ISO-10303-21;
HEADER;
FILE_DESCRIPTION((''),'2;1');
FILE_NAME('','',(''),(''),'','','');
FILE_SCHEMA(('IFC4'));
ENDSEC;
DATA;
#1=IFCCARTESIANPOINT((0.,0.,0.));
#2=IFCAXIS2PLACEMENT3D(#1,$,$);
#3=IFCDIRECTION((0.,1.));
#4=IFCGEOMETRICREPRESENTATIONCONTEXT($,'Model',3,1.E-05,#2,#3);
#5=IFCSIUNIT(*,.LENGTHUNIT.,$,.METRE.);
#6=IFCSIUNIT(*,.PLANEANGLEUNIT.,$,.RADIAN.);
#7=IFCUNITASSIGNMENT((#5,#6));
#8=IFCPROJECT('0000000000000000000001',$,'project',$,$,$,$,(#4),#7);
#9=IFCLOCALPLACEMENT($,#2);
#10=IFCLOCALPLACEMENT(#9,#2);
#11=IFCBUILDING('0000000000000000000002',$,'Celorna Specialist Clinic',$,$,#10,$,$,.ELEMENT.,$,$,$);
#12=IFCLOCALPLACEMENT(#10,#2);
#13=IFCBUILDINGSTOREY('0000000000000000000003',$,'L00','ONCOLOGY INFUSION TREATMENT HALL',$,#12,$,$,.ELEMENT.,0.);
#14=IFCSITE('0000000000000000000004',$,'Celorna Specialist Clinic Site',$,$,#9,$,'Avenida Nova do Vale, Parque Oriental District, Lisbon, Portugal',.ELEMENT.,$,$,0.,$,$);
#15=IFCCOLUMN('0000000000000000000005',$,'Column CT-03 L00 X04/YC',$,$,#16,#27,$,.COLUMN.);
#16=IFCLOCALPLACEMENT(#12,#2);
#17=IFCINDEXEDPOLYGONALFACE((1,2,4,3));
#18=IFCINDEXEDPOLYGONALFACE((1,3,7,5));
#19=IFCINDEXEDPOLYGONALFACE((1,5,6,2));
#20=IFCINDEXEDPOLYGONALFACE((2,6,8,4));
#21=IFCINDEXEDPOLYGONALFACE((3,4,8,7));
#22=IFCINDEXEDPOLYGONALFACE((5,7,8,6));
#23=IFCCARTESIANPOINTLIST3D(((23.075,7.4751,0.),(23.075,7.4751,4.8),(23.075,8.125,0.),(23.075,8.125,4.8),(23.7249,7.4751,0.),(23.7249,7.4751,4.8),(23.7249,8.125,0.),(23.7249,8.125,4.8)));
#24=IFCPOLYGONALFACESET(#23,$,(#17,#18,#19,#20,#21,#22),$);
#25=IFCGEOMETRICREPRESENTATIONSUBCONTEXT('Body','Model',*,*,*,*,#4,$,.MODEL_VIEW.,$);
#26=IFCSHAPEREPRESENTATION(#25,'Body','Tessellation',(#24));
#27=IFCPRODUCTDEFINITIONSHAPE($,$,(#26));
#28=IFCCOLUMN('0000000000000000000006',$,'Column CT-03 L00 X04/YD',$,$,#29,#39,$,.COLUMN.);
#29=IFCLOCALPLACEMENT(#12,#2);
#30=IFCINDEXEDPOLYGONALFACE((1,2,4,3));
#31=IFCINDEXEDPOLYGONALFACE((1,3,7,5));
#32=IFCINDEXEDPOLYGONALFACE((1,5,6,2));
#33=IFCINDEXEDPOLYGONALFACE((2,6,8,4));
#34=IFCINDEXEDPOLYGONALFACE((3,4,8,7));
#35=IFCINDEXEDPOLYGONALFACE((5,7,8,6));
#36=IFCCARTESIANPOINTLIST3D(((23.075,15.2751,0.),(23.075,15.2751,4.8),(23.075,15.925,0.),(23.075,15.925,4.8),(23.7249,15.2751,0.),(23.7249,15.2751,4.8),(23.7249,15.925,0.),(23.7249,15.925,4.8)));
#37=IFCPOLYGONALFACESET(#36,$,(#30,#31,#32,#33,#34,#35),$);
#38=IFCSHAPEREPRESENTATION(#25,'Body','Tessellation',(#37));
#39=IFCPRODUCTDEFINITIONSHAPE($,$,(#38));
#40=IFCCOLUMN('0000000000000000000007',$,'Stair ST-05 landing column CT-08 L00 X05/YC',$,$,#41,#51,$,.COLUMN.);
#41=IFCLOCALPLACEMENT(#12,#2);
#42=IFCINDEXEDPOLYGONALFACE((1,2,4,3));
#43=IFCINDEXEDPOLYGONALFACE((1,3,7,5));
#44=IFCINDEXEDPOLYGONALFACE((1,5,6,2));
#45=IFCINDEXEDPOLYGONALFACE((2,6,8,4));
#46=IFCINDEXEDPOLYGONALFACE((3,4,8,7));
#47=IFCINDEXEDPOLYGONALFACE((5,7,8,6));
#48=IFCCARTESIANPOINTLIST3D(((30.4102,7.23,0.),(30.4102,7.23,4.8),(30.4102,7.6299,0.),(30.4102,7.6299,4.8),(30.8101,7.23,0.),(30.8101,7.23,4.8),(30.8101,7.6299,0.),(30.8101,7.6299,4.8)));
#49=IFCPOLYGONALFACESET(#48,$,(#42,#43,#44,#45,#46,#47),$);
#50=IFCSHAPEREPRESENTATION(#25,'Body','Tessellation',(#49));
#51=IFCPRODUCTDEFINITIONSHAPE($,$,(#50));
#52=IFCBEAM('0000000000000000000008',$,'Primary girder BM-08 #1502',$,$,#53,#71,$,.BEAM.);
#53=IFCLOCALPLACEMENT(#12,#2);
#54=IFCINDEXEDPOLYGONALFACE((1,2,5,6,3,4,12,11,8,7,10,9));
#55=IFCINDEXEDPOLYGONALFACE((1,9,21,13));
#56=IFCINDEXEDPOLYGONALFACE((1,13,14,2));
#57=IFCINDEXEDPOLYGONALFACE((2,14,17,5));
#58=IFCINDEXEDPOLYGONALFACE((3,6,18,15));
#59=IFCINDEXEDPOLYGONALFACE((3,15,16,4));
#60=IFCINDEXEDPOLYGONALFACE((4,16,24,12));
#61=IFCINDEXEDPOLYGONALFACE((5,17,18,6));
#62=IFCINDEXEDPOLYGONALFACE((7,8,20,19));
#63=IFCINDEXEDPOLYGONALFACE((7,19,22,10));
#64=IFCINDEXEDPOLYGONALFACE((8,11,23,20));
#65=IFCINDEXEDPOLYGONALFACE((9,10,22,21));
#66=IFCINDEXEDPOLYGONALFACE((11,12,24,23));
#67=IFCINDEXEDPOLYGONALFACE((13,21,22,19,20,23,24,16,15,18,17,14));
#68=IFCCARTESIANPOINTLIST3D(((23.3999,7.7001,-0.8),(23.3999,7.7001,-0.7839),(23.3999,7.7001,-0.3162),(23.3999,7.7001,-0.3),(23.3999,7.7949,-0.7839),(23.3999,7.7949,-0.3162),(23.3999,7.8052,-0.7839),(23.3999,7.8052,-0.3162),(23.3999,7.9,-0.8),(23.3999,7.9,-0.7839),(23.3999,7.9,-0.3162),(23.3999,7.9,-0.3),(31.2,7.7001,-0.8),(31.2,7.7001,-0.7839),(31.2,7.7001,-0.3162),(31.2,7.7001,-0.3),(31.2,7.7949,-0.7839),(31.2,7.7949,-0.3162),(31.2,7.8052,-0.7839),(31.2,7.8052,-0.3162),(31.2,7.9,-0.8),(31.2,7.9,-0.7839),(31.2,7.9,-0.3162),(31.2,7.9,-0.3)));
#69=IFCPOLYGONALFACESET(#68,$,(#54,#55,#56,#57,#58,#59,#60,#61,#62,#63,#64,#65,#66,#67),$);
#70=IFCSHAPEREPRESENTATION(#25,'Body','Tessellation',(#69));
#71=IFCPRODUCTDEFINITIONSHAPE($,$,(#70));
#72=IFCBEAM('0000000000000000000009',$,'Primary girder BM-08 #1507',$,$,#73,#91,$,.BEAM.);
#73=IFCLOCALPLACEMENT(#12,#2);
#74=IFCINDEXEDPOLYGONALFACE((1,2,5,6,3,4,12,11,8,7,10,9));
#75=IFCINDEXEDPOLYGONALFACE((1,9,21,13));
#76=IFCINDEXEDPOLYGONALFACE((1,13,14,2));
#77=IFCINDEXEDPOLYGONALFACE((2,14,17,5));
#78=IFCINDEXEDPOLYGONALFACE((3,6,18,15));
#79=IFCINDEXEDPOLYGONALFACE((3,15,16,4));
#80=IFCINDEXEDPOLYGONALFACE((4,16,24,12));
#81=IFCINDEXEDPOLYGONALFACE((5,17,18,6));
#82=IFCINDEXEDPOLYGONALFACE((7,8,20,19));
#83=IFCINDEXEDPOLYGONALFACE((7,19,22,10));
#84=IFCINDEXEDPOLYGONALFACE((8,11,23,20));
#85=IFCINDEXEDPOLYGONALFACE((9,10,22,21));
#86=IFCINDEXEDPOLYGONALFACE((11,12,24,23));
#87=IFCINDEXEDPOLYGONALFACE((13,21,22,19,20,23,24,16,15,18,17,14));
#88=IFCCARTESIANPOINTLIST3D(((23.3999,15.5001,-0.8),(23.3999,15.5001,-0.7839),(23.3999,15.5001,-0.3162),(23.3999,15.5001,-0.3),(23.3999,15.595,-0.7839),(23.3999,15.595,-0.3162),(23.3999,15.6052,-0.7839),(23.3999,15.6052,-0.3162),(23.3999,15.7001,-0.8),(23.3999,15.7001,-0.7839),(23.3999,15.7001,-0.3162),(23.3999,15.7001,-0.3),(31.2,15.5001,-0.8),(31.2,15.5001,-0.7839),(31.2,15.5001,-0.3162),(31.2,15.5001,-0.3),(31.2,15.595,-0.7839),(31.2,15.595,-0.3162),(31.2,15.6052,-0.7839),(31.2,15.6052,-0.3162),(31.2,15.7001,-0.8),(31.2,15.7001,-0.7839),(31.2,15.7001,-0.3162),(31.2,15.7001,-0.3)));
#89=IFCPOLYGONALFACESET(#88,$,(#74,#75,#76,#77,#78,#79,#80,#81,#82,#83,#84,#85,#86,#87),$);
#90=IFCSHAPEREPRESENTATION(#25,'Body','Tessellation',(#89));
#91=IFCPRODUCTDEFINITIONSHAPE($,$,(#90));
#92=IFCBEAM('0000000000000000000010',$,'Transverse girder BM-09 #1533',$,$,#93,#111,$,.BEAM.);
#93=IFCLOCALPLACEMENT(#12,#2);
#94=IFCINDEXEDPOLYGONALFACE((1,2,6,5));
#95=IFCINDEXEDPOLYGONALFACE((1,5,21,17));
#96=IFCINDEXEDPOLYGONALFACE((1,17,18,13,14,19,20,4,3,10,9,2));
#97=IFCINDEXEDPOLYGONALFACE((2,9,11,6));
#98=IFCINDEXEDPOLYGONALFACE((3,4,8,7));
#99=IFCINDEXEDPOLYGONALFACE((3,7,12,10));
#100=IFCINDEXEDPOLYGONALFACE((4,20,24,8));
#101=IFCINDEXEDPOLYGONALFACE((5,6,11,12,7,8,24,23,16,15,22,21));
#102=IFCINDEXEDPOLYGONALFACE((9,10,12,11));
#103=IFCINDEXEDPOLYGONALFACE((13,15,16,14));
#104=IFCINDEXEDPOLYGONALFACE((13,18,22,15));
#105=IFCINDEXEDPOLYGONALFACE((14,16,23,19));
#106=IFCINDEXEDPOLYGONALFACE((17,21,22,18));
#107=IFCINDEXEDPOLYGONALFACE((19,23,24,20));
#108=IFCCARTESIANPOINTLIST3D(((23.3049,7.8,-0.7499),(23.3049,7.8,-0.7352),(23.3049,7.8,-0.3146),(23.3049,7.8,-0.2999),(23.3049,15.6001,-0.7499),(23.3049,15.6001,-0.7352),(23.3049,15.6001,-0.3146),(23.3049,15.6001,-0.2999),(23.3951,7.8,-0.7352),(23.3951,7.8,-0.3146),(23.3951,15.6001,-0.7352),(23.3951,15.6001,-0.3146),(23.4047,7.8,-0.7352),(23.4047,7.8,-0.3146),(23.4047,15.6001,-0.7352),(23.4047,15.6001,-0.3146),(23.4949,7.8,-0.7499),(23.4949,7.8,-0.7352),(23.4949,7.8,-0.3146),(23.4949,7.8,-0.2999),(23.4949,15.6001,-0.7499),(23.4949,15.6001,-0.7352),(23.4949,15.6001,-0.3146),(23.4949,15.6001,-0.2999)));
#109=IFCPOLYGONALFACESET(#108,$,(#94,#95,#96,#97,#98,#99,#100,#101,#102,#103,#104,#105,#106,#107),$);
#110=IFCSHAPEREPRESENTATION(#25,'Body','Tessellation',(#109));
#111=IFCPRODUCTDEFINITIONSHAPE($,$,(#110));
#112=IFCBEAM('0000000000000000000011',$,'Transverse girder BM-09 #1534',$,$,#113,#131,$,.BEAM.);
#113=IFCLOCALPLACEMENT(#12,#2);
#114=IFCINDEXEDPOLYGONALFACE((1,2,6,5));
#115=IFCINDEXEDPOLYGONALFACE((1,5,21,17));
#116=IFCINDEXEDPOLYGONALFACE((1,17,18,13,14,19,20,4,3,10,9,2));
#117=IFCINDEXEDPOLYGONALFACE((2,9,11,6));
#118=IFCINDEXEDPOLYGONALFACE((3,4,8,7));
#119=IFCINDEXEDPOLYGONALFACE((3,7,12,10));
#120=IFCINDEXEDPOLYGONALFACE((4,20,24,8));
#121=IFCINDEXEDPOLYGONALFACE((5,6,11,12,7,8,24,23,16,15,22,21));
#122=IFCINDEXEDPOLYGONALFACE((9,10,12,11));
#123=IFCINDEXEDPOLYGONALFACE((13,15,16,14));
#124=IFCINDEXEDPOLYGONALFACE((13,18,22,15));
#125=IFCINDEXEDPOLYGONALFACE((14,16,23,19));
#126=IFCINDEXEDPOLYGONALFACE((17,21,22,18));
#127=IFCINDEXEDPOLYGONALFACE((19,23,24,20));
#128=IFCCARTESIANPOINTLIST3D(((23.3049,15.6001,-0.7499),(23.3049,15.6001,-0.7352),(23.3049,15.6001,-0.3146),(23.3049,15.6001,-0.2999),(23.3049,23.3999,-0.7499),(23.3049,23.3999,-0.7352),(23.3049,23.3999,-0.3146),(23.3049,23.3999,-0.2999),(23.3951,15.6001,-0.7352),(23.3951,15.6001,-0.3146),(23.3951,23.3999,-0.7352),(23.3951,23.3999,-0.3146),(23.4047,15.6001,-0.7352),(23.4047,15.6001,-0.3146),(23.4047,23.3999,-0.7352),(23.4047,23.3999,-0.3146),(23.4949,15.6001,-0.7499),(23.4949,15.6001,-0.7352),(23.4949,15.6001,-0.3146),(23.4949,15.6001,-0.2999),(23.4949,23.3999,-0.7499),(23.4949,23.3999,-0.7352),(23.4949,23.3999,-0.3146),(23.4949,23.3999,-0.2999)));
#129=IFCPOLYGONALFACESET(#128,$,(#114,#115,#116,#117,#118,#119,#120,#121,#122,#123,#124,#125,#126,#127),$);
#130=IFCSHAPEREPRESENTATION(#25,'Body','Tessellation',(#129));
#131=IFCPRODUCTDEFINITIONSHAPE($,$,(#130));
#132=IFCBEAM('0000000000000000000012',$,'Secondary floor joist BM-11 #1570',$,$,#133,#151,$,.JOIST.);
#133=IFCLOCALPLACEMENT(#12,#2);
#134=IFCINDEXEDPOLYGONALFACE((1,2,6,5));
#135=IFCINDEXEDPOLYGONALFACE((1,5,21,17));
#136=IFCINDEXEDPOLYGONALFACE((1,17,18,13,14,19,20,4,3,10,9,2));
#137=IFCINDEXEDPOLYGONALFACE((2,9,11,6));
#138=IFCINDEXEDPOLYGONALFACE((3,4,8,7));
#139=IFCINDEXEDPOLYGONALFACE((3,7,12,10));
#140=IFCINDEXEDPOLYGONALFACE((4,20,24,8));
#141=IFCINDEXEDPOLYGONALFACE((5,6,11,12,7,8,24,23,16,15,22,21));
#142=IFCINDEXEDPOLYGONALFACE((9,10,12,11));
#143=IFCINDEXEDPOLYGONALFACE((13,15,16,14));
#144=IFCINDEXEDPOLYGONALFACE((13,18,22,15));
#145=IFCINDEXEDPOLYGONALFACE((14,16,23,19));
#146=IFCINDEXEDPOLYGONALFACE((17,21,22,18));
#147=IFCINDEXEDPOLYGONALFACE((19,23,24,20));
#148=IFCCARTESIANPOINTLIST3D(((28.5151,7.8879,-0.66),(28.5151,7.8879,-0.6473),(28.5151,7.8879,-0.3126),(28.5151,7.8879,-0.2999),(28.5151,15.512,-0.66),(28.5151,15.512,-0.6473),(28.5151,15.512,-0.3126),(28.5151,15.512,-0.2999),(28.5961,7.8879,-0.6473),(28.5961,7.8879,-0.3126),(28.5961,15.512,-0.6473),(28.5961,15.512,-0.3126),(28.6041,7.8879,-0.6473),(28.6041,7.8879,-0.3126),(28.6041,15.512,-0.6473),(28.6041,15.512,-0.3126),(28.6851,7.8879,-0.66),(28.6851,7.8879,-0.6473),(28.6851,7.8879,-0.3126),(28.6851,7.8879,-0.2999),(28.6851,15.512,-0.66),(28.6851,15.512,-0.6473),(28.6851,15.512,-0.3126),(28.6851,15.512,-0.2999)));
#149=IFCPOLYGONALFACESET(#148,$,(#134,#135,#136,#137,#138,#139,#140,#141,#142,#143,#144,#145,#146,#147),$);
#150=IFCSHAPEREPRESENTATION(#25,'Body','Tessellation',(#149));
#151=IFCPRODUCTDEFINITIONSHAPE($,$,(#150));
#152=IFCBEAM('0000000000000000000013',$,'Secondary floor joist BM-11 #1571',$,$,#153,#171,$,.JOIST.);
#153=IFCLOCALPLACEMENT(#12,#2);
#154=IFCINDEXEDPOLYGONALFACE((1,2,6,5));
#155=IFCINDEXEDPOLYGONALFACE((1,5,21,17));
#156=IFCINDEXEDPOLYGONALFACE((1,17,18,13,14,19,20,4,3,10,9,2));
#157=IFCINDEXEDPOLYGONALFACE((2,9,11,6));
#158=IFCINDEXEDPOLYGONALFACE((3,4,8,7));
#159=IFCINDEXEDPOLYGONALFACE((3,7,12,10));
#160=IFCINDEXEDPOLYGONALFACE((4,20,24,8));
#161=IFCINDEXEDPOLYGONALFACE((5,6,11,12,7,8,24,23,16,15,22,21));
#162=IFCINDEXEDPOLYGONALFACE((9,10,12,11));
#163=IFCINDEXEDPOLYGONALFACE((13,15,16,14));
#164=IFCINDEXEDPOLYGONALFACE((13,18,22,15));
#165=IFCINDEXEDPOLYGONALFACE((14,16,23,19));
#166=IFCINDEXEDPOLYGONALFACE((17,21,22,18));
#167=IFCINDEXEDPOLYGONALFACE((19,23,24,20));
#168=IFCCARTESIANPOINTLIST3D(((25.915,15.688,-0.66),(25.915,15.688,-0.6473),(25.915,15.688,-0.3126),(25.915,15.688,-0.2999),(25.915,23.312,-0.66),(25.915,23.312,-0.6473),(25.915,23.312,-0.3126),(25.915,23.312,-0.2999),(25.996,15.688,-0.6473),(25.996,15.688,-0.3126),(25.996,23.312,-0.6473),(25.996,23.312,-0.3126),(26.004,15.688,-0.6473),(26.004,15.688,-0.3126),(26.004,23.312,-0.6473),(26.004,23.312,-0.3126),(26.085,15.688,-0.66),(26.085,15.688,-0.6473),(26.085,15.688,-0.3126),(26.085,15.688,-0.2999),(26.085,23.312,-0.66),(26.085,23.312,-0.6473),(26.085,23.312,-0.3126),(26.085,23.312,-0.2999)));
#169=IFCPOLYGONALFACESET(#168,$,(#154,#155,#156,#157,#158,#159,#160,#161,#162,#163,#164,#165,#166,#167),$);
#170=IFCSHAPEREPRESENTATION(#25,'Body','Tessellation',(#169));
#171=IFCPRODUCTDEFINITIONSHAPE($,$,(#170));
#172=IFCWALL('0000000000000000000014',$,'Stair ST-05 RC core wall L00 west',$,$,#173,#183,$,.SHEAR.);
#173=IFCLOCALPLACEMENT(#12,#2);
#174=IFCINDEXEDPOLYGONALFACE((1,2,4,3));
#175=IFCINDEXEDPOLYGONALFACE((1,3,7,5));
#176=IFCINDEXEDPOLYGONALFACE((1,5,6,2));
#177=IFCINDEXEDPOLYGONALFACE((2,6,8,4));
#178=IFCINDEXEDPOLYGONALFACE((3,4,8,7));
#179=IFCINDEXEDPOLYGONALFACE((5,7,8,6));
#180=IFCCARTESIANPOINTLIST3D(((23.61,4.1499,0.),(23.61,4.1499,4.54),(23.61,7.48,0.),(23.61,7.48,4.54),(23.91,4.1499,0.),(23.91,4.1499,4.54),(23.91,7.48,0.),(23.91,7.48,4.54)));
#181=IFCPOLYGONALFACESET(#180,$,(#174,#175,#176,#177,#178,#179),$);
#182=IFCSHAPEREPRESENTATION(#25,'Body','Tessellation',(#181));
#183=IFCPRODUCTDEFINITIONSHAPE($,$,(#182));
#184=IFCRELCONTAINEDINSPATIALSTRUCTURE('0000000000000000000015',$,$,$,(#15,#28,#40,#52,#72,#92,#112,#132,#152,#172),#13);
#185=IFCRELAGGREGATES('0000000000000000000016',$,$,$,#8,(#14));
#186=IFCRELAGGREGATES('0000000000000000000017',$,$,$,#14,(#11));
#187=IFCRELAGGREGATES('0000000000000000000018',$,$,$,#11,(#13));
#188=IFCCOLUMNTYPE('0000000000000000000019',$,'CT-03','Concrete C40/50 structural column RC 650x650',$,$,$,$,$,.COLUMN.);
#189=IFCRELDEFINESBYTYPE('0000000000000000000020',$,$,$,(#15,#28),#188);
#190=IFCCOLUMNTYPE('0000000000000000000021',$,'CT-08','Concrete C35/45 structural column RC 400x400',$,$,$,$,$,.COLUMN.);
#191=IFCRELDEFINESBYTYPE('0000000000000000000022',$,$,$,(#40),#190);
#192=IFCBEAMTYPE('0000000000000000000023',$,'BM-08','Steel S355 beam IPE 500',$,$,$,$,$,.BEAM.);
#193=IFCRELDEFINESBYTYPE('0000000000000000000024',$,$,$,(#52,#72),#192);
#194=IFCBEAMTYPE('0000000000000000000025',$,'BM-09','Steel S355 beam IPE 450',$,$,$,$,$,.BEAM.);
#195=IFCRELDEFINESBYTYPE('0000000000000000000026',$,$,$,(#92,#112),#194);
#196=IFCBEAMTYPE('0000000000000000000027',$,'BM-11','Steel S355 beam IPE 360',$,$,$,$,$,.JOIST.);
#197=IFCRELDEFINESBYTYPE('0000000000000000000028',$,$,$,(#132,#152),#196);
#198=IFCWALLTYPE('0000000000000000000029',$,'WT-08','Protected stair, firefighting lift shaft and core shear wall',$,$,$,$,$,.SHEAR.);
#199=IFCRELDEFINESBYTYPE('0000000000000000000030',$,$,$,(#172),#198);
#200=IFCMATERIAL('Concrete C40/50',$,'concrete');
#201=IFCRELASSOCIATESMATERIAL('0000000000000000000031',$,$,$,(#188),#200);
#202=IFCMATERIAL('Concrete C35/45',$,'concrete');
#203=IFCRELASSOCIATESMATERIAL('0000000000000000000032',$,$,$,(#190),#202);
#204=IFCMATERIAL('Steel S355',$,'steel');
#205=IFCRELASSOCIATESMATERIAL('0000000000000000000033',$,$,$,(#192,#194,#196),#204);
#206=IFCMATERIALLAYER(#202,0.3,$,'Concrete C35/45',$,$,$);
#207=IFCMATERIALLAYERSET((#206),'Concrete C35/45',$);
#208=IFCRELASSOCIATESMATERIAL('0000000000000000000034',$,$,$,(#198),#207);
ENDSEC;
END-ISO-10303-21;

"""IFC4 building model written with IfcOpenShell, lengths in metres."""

from ifc_helpers import new_model, si_unit, direction, frame, frame_2d, origin, origin_2d, place, context, subcontext, project, spatial, rectangle, i_section, extrude, material, layer, layer_set, material_profile, profile_set, type_object, element, save


model = new_model("IFC4")

# Units and contexts
model_context = context("Model", 3, precision=1e-05, world=origin(), true_north=direction((0.0, 1.0)))
body_context = subcontext(model_context, "Body", "Model", "MODEL_VIEW")
ifc_project = project(units=[si_unit("LENGTHUNIT", "METRE"), si_unit("PLANEANGLEUNIT", "RADIAN")], contexts=[model_context])

# Site, building, storey
site_placement = place(None, origin())
site = spatial("IfcSite", under=ifc_project, at=site_placement, Name="Celorna Specialist Clinic Site", LongName="Avenida Nova do Vale, Parque Oriental District, Lisbon, Portugal", CompositionType="ELEMENT", RefElevation=0.0)
building_placement = place(site_placement, origin())
building = spatial("IfcBuilding", under=site, at=building_placement, Name="Celorna Specialist Clinic", CompositionType="ELEMENT")
storey_placement = place(building_placement, origin())
storey = spatial("IfcBuildingStorey", under=building, at=storey_placement, Name="L00", Description="ONCOLOGY INFUSION TREATMENT HALL", CompositionType="ELEMENT", Elevation=0.0)

# Columns
ifc_material_1 = material(Name="Concrete C40/50", Category="concrete")
ifc_material_profile_1 = material_profile(ifc_material_1, rectangle(XDim=0.6499, YDim=0.6499, at=origin_2d()), Name="RC 650x650")
ifc_profile_set_1 = profile_set([ifc_material_profile_1], Name="Concrete C40/50")
column_type_1 = type_object("IfcColumnType", Name="CT-03", Description="Concrete C40/50 structural column RC 650x650", PredefinedType="COLUMN", material=ifc_profile_set_1)
for number, where, z_axis, x_axis, name in (
    (1, (23.3999, 7.8, 0.0), (0.0, 0.0, 1.0), (1.0, 0.0, 0.0), "Column CT-03 L00 X04/YC"),
    (2, (23.3999, 15.6001, 0.0), (0.0, 0.0, 1.0), (1.0, 0.0, 0.0), "Column CT-03 L00 X04/YD"),
):
    element("IfcColumn", number, at=place(storey_placement, frame(where, z_axis=z_axis, x_axis=x_axis)), inside=storey, type_object=column_type_1, Name=name, PredefinedType="COLUMN", context=body_context, shape_type="SweptSolid", body=[
        extrude(rectangle(XDim=0.6499, YDim=0.6499, at=origin_2d()), origin(), (0.0, 0.0, 1.0), 4.8),
    ])
ifc_material_2 = material(Name="Concrete C35/45", Category="concrete")
ifc_material_profile_2 = material_profile(ifc_material_2, rectangle(XDim=0.3999, YDim=0.3999, at=origin_2d()), Name="RC 400x400")
ifc_profile_set_2 = profile_set([ifc_material_profile_2], Name="Concrete C35/45")
column_type_2 = type_object("IfcColumnType", Name="CT-08", Description="Concrete C35/45 structural column RC 400x400", PredefinedType="COLUMN", material=ifc_profile_set_2)
column_placement = place(storey_placement, frame((30.6101, 7.4299, 0.0), z_axis=(0.0, 0.0, 1.0), x_axis=(1.0, 0.0, 0.0)))
element("IfcColumn", 3, at=column_placement, inside=storey, type_object=column_type_2, Name="Stair ST-05 landing column CT-08 L00 X05/YC", PredefinedType="COLUMN", context=body_context, shape_type="SweptSolid", body=[
    extrude(rectangle(XDim=0.3999, YDim=0.3999, at=origin_2d()), origin(), (0.0, 0.0, 1.0), 4.8),
])

# Beams
ifc_material_3 = material(Name="Steel S355", Category="steel")
ifc_material_profile_3 = material_profile(ifc_material_3, i_section(OverallWidth=0.2, OverallDepth=0.5, WebThickness=0.0103, FlangeThickness=0.0161, at=origin_2d()), Name="IPE 500")
ifc_profile_set_3 = profile_set([ifc_material_profile_3], Name="Steel S355")
beam_type_1 = type_object("IfcBeamType", Name="BM-08", Description="Steel S355 beam IPE 500", PredefinedType="BEAM", material=ifc_profile_set_3)
for number, where, z_axis, x_axis, name in (
    (4, (23.3999, 7.8, -0.55), (1.0, 0.0, 0.0), (0.0, 1.0, 0.0), "Primary girder BM-08 #1502"),
    (5, (23.3999, 15.6001, -0.55), (1.0, 0.0, 0.0), (0.0, 1.0, 0.0), "Primary girder BM-08 #1507"),
):
    element("IfcBeam", number, at=place(storey_placement, frame(where, z_axis=z_axis, x_axis=x_axis)), inside=storey, type_object=beam_type_1, Name=name, PredefinedType="BEAM", context=body_context, shape_type="SweptSolid", body=[
        extrude(i_section(OverallWidth=0.2, OverallDepth=0.5, WebThickness=0.0103, FlangeThickness=0.0161, at=origin_2d()), origin(), (0.0, 0.0, 1.0), 7.8),
    ])
ifc_material_profile_4 = material_profile(ifc_material_3, i_section(OverallWidth=0.1899, OverallDepth=0.45, WebThickness=0.0095, FlangeThickness=0.0146, at=origin_2d()), Name="IPE 450")
ifc_profile_set_4 = profile_set([ifc_material_profile_4], Name="Steel S355")
beam_type_2 = type_object("IfcBeamType", Name="BM-09", Description="Steel S355 beam IPE 450", PredefinedType="BEAM", material=ifc_profile_set_4)
beam_1_placement = place(storey_placement, frame((23.3999, 7.8, -0.5249), z_axis=(0.0, 1.0, 0.0), x_axis=(-1.0, 0.0, 0.0)))
element("IfcBeam", 6, at=beam_1_placement, inside=storey, type_object=beam_type_2, Name="Transverse girder BM-09 #1533", PredefinedType="BEAM", context=body_context, shape_type="SweptSolid", body=[
    extrude(i_section(OverallWidth=0.1899, OverallDepth=0.45, WebThickness=0.0095, FlangeThickness=0.0146, at=origin_2d()), origin(), (0.0, 0.0, 1.0), 7.8),
])
beam_2_placement = place(storey_placement, frame((23.3999, 15.6001, -0.5249), z_axis=(0.0, 1.0, 0.0), x_axis=(-1.0, 0.0, 0.0)))
element("IfcBeam", 7, at=beam_2_placement, inside=storey, type_object=beam_type_2, Name="Transverse girder BM-09 #1534", PredefinedType="BEAM", context=body_context, shape_type="SweptSolid", body=[
    extrude(i_section(OverallWidth=0.1899, OverallDepth=0.45, WebThickness=0.0095, FlangeThickness=0.0146, at=origin_2d()), origin(), (0.0, 0.0, 1.0), 7.7998),
])
ifc_material_profile_5 = material_profile(ifc_material_3, i_section(OverallWidth=0.1699, OverallDepth=0.3601, WebThickness=0.0081, FlangeThickness=0.0127, at=origin_2d()), Name="IPE 360")
ifc_profile_set_5 = profile_set([ifc_material_profile_5], Name="Steel S355")
beam_type_3 = type_object("IfcBeamType", Name="BM-11", Description="Steel S355 beam IPE 360", PredefinedType="JOIST", material=ifc_profile_set_5)
for number, where, z_axis, x_axis, name in (
    (8, (28.6001, 7.8879, -0.48), (0.0, 1.0, 0.0), (-1.0, 0.0, 0.0), "Secondary floor joist BM-11 #1570"),
    (9, (26.0, 15.688, -0.48), (0.0, 1.0, 0.0), (-1.0, 0.0, 0.0), "Secondary floor joist BM-11 #1571"),
):
    element("IfcBeam", number, at=place(storey_placement, frame(where, z_axis=z_axis, x_axis=x_axis)), inside=storey, type_object=beam_type_3, Name=name, PredefinedType="JOIST", context=body_context, shape_type="SweptSolid", body=[
        extrude(i_section(OverallWidth=0.1699, OverallDepth=0.3601, WebThickness=0.0081, FlangeThickness=0.0127, at=origin_2d()), origin(), (0.0, 0.0, 1.0), 7.624),
    ])

# Wall
ifc_layer_1 = layer(ifc_material_2, 0.3, Name="Concrete C35/45")
ifc_layer_set_1 = layer_set([ifc_layer_1], Name="Concrete C35/45")
wall_type_1 = type_object("IfcWallType", Name="WT-08", Description="Protected stair, firefighting lift shaft and core shear wall", PredefinedType="SHEAR", material=ifc_layer_set_1)
wall_1_placement = place(storey_placement, frame((23.76, 7.48, 0.0), z_axis=(0.0, 0.0, 1.0), x_axis=(0.0, -1.0, 0.0)))
element("IfcWall", 10, at=wall_1_placement, inside=storey, type_object=wall_type_1, Name="Stair ST-05 RC core wall L00 west", PredefinedType="SHEAR", context=body_context, shape_type="SweptSolid", body=[
    extrude(rectangle(XDim=3.3301, YDim=0.3, at=frame_2d((1.665, 0.0))), origin(), (0.0, 0.0, 1.0), 4.54),
])

save(model, "model.ifc")
